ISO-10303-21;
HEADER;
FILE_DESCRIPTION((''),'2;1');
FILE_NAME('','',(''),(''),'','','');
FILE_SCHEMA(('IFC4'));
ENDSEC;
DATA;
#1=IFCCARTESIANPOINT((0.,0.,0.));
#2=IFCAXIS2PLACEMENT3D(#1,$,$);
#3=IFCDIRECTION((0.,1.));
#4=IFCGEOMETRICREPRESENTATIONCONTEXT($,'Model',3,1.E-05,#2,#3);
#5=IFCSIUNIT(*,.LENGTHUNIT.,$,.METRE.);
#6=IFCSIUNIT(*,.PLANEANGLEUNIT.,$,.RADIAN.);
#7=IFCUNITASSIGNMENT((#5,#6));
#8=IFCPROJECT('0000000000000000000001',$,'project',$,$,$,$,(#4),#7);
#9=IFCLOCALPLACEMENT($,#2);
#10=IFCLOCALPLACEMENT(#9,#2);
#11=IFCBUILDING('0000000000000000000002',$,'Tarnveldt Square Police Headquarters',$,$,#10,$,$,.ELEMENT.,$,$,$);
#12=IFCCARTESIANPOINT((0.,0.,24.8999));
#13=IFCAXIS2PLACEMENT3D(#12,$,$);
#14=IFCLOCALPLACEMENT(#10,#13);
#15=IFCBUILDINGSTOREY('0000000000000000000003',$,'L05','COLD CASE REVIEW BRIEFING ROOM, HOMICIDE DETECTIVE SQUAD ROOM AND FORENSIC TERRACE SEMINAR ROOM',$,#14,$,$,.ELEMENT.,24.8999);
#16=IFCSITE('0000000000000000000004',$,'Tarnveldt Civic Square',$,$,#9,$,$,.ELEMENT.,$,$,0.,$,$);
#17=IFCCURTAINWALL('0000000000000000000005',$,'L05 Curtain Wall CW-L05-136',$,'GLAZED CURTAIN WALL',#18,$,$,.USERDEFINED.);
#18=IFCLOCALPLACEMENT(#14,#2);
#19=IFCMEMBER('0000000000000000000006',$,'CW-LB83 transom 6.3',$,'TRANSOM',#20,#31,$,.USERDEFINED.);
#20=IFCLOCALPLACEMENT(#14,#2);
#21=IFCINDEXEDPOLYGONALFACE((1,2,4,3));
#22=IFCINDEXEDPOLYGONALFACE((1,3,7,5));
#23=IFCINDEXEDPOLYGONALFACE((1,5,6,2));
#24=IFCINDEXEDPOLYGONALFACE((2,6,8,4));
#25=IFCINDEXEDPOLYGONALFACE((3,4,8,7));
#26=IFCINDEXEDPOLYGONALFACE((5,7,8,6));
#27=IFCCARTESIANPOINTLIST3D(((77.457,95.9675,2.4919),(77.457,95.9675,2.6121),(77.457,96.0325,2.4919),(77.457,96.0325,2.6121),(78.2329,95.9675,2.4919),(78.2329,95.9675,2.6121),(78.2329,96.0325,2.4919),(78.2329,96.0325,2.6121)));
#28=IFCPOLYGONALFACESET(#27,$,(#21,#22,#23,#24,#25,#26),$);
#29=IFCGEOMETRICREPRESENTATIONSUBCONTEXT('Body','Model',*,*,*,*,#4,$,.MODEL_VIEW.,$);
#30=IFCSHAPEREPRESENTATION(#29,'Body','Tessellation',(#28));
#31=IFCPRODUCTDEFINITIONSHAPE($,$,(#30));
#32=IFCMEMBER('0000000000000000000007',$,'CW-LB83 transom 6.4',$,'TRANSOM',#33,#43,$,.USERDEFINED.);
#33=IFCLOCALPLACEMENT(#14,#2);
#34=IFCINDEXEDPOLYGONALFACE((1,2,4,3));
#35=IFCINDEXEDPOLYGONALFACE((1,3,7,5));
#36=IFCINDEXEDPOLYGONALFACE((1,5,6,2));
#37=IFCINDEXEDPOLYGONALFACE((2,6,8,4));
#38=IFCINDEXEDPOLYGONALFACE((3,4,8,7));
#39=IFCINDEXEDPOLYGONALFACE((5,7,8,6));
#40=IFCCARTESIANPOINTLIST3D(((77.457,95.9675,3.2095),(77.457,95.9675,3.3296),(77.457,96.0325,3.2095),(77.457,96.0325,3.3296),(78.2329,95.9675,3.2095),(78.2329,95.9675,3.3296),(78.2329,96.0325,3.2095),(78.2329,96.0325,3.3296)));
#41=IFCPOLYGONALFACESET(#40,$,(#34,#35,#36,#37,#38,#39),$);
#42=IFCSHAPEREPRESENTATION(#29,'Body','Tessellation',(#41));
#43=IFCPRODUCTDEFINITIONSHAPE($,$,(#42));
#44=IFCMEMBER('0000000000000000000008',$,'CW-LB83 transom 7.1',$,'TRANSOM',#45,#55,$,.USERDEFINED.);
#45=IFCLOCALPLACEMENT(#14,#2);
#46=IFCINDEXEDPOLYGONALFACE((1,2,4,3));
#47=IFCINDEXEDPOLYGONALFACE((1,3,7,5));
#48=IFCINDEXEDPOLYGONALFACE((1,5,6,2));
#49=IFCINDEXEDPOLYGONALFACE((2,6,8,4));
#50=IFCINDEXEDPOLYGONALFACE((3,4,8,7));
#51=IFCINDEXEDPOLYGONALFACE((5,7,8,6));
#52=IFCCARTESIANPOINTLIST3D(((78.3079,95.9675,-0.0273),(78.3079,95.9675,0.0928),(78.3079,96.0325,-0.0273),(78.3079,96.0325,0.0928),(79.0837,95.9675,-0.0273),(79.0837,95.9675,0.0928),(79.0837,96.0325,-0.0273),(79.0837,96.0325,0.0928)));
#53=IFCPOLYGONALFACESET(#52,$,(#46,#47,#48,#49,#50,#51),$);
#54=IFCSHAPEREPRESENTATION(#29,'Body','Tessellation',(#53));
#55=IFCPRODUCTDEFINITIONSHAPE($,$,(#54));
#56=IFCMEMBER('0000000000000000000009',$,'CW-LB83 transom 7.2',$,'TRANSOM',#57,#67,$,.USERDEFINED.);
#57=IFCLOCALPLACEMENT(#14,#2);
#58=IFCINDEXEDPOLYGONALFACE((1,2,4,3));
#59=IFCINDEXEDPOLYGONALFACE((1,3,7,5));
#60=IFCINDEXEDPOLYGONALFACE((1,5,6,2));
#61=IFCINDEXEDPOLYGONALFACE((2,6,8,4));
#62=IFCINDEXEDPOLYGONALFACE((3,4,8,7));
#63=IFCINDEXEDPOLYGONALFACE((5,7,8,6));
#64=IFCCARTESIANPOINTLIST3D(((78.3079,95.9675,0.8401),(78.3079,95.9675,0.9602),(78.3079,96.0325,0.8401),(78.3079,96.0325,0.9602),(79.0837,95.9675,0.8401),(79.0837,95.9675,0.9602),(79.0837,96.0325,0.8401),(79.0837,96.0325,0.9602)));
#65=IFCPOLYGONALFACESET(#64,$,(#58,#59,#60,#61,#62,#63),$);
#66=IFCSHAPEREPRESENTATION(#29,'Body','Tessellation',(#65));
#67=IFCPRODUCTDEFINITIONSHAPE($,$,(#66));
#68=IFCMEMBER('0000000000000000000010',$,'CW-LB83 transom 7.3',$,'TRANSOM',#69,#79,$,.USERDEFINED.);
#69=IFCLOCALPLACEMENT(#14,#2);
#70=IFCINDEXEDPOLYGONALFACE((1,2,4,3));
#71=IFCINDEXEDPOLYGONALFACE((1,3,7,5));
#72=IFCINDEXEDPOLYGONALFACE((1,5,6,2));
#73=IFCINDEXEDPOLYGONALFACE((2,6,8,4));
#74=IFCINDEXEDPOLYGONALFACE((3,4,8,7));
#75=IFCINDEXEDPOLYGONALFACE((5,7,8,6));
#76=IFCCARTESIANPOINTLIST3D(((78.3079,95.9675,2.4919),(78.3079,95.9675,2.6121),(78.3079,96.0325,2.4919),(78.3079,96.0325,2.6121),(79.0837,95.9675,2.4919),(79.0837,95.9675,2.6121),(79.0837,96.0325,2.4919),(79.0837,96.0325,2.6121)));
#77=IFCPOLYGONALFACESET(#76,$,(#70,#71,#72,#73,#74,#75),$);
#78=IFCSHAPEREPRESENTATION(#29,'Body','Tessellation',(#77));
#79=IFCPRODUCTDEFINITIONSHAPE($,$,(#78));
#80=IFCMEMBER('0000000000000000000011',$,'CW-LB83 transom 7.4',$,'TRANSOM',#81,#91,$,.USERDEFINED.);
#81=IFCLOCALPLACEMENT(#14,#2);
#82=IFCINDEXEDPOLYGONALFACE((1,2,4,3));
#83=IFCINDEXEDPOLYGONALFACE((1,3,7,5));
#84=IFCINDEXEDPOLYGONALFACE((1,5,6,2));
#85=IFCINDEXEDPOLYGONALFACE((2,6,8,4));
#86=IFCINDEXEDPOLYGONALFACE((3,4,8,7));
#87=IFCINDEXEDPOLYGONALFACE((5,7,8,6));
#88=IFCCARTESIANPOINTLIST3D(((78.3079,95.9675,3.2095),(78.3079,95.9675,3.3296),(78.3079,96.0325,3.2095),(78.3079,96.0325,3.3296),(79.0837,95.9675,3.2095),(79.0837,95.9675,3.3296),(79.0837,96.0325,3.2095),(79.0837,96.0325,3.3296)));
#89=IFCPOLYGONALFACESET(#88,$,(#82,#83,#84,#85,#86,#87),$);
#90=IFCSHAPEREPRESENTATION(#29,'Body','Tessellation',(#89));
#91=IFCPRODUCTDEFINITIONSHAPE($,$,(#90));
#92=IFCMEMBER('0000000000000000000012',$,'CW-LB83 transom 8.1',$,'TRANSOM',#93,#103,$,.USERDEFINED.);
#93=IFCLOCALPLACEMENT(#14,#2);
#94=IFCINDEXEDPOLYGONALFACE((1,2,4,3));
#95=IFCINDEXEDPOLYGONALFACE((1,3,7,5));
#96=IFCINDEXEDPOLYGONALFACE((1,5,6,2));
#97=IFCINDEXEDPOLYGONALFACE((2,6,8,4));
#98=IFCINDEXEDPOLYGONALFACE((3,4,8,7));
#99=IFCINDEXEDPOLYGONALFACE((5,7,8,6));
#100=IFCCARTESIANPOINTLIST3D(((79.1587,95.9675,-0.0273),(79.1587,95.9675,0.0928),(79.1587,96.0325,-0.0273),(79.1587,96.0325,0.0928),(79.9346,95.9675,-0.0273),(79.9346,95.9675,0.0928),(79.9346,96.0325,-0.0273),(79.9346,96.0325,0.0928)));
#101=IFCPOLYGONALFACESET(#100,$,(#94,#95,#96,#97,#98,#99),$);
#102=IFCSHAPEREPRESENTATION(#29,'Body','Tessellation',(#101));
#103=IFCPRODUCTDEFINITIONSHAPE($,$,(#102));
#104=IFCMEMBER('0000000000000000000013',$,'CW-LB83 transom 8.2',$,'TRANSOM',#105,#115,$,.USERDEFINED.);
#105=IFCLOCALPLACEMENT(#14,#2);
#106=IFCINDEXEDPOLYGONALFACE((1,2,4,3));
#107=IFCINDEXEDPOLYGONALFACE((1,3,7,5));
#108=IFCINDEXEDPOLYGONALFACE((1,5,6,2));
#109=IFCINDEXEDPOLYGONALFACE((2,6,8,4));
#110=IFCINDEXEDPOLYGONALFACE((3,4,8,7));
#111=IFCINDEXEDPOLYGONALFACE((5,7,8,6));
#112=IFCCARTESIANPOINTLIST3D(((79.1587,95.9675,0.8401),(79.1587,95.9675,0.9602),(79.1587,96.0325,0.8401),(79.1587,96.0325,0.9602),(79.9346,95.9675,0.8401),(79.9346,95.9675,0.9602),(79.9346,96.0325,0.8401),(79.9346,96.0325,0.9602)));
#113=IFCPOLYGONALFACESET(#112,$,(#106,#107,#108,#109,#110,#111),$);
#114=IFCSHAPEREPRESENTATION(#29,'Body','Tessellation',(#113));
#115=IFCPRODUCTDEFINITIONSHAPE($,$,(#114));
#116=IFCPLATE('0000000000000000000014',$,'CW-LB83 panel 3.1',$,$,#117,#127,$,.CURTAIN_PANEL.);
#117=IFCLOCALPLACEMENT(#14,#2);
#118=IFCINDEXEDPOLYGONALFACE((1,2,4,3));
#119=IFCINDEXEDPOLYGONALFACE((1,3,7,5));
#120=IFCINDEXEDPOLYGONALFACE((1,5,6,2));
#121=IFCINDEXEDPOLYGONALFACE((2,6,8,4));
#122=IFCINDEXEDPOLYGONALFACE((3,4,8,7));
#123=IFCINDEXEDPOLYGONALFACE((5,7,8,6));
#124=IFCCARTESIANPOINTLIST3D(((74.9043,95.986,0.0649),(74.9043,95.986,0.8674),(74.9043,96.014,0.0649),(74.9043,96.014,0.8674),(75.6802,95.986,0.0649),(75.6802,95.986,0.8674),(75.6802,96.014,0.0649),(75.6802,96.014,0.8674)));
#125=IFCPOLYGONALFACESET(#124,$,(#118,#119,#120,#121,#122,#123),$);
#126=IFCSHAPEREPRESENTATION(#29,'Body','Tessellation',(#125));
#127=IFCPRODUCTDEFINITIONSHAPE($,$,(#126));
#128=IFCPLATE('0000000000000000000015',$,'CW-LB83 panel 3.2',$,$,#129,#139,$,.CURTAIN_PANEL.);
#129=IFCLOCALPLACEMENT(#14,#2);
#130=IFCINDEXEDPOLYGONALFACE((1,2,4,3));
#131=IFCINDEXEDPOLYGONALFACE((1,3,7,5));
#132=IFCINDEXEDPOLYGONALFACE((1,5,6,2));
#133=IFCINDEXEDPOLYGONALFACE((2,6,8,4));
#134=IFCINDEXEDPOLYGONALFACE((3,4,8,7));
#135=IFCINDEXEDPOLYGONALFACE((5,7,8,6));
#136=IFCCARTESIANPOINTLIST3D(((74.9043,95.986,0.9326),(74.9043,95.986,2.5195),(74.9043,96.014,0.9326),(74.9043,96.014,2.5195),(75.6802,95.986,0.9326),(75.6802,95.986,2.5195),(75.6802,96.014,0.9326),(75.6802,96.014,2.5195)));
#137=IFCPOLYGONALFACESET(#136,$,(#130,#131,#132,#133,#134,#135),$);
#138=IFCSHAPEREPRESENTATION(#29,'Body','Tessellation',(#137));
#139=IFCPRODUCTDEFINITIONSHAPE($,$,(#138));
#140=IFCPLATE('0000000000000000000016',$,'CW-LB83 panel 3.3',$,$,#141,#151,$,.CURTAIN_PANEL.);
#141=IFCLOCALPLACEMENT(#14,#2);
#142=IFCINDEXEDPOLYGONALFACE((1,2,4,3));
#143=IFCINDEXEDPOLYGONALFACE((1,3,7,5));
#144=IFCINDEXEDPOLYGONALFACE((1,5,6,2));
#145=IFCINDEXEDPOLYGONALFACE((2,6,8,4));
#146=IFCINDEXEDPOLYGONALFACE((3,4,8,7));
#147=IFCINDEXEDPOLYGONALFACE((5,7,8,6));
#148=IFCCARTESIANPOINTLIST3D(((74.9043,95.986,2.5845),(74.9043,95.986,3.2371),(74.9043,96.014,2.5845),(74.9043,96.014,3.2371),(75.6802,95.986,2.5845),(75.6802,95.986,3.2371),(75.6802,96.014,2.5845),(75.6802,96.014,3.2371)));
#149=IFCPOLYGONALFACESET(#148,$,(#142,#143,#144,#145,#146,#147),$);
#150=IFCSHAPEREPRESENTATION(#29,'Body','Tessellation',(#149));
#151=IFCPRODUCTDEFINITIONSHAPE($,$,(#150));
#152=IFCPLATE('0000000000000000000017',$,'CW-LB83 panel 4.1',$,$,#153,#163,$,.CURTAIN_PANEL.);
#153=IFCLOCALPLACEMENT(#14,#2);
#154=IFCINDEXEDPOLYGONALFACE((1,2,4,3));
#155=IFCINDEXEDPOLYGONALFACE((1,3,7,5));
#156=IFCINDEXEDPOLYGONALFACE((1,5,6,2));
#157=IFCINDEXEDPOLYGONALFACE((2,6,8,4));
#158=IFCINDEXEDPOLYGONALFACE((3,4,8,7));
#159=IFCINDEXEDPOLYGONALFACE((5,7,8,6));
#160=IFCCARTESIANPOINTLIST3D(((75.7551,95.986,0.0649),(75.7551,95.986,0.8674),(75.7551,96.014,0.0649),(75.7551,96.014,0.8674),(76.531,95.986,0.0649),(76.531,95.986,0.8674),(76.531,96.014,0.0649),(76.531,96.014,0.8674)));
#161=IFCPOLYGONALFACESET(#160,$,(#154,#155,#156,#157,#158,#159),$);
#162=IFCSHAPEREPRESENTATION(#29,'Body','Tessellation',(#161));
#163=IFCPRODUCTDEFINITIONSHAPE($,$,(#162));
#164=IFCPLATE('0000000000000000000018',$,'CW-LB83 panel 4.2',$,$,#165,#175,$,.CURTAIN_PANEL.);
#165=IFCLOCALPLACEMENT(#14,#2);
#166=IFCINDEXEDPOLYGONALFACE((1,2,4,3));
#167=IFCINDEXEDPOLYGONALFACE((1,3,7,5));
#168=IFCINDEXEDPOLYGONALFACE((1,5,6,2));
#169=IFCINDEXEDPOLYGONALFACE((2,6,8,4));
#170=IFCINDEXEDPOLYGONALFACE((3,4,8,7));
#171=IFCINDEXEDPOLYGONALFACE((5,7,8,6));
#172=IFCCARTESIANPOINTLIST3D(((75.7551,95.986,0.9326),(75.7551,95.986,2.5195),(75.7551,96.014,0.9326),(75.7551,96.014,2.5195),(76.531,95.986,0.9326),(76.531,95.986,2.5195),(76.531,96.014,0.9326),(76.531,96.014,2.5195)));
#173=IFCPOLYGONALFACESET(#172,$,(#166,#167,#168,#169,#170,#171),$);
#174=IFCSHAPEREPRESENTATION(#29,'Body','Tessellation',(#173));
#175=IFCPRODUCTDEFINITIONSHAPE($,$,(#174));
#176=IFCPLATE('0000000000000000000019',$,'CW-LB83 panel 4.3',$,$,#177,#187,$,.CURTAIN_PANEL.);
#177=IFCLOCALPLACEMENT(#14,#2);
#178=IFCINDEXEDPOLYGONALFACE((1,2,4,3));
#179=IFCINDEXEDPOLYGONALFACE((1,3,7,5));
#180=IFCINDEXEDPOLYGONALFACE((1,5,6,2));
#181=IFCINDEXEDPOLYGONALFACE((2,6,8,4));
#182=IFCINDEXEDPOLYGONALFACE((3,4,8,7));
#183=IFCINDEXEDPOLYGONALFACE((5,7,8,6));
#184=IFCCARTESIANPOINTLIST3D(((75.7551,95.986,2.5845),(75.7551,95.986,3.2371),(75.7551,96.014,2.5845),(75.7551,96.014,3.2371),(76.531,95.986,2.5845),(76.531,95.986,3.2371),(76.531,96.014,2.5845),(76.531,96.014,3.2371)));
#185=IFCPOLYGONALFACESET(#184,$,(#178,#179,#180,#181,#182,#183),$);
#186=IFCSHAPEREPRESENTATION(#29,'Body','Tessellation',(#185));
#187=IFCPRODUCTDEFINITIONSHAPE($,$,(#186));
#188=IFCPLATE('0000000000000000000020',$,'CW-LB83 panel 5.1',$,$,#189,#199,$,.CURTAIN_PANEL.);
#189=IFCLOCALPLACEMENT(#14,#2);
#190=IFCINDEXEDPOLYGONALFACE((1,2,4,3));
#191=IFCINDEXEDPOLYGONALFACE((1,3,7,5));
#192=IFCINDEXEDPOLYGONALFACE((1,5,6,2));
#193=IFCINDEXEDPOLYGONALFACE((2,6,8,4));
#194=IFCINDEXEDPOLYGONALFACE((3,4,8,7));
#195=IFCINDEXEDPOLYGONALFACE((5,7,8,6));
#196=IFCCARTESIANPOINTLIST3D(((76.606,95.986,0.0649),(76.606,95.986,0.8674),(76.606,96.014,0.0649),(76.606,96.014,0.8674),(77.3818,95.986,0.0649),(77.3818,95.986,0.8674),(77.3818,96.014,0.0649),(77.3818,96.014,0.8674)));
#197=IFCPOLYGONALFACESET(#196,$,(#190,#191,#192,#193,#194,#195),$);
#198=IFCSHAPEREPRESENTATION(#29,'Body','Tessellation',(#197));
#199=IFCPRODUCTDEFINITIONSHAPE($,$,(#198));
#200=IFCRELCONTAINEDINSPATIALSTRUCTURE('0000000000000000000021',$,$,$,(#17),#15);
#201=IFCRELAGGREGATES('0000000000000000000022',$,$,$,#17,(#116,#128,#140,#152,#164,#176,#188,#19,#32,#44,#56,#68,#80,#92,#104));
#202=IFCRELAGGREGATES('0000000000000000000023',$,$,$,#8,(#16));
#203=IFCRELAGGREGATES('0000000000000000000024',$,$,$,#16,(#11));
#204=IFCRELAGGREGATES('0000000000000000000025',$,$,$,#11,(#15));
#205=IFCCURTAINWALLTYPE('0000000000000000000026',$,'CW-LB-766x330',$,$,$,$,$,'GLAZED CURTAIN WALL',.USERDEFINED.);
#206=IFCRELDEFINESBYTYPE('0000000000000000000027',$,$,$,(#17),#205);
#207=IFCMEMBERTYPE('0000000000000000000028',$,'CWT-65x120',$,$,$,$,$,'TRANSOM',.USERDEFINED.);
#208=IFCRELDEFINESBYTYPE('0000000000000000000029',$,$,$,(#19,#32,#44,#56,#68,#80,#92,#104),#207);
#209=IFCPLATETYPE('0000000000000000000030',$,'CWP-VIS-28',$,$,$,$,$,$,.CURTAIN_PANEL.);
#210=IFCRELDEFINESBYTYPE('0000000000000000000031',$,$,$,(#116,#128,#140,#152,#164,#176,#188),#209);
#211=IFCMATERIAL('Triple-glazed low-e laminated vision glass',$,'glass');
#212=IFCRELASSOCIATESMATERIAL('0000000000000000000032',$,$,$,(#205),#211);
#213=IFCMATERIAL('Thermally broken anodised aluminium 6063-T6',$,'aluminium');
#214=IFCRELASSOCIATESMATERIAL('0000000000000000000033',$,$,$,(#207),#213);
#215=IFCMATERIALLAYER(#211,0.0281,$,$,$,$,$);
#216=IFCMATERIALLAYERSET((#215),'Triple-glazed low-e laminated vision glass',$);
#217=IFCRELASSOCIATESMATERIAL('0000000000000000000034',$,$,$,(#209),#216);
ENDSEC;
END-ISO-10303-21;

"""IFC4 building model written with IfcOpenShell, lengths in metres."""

from ifc_helpers import new_model, si_unit, direction, frame, origin, origin_2d, place, context, subcontext, project, spatial, rectangle, extrude, material, layer, layer_set, material_profile, profile_set, type_object, element, aggregate, save


model = new_model("IFC4")

# Units and contexts
model_context = context("Model", 3, precision=1e-05, world=origin(), true_north=direction((0.0, 1.0)))
body_context = subcontext(model_context, "Body", "Model", "MODEL_VIEW")
ifc_project = project(units=[si_unit("LENGTHUNIT", "METRE"), si_unit("PLANEANGLEUNIT", "RADIAN")], contexts=[model_context])

# Site, building, storey
site_placement = place(None, origin())
site = spatial("IfcSite", under=ifc_project, at=site_placement, Name="Tarnveldt Civic Square", CompositionType="ELEMENT", RefElevation=0.0)
building_placement = place(site_placement, origin())
building = spatial("IfcBuilding", under=site, at=building_placement, Name="Tarnveldt Square Police Headquarters", CompositionType="ELEMENT")
storey_placement = place(building_placement, frame((0.0, 0.0, 24.8999)))
storey = spatial("IfcBuildingStorey", under=building, at=storey_placement, Name="L05", Description="COLD CASE REVIEW BRIEFING ROOM, HOMICIDE DETECTIVE SQUAD ROOM AND FORENSIC TERRACE SEMINAR ROOM", CompositionType="ELEMENT", Elevation=24.8999)

# Curtain wall, members, plates
ifc_material_1 = material(Name="Triple-glazed low-e laminated vision glass", Category="glass")
curtain_wall_type = type_object("IfcCurtainWallType", Name="CW-LB-766x330", ElementType="GLAZED CURTAIN WALL", PredefinedType="USERDEFINED", material=ifc_material_1)
curtain_wall_placement = place(storey_placement, origin())
curtain_wall = element("IfcCurtainWall", 1, at=curtain_wall_placement, inside=storey, type_object=curtain_wall_type, Name="L05 Curtain Wall CW-L05-136", ObjectType="GLAZED CURTAIN WALL", PredefinedType="USERDEFINED")
ifc_material_2 = material(Name="Thermally broken anodised aluminium 6063-T6", Category="aluminium")
ifc_material_profile_1 = material_profile(ifc_material_2, rectangle(XDim=0.0649, YDim=0.1201, at=origin_2d()), Name="CW-T65x120")
ifc_profile_set_1 = profile_set([ifc_material_profile_1], Name="Thermally broken anodised aluminium 6063-T6")
member_type_1 = type_object("IfcMemberType", Name="CWT-65x120", ElementType="TRANSOM", PredefinedType="USERDEFINED", material=ifc_profile_set_1)
member_1_placement = place(storey_placement, frame((77.457, 96.0, 2.552), z_axis=(1.0, 0.0, 0.0), x_axis=(0.0, 1.0, 0.0)))
member_1 = element("IfcMember", 2, at=member_1_placement, type_object=member_type_1, Name="CW-LB83 transom 6.3", ObjectType="TRANSOM", PredefinedType="USERDEFINED", context=body_context, shape_type="SweptSolid", body=[
    extrude(rectangle(XDim=0.0649, YDim=0.1201, at=origin_2d()), origin(), (0.0, 0.0, 1.0), 0.7759),
])
member_2_placement = place(storey_placement, frame((77.457, 96.0, 3.2695), z_axis=(1.0, 0.0, 0.0), x_axis=(0.0, 1.0, 0.0)))
member_2 = element("IfcMember", 3, at=member_2_placement, type_object=member_type_1, Name="CW-LB83 transom 6.4", ObjectType="TRANSOM", PredefinedType="USERDEFINED", context=body_context, shape_type="SweptSolid", body=[
    extrude(rectangle(XDim=0.0649, YDim=0.1201, at=origin_2d()), origin(), (0.0, 0.0, 1.0), 0.7759),
])
member_3_placement = place(storey_placement, frame((78.3079, 96.0, 0.0327), z_axis=(1.0, 0.0, 0.0), x_axis=(0.0, 1.0, 0.0)))
member_3 = element("IfcMember", 4, at=member_3_placement, type_object=member_type_1, Name="CW-LB83 transom 7.1", ObjectType="TRANSOM", PredefinedType="USERDEFINED", context=body_context, shape_type="SweptSolid", body=[
    extrude(rectangle(XDim=0.0649, YDim=0.1201, at=origin_2d()), origin(), (0.0, 0.0, 1.0), 0.7759),
])
member_4_placement = place(storey_placement, frame((78.3079, 96.0, 0.9001), z_axis=(1.0, 0.0, 0.0), x_axis=(0.0, 1.0, 0.0)))
member_4 = element("IfcMember", 5, at=member_4_placement, type_object=member_type_1, Name="CW-LB83 transom 7.2", ObjectType="TRANSOM", PredefinedType="USERDEFINED", context=body_context, shape_type="SweptSolid", body=[
    extrude(rectangle(XDim=0.0649, YDim=0.1201, at=origin_2d()), origin(), (0.0, 0.0, 1.0), 0.7759),
])
member_5_placement = place(storey_placement, frame((78.3079, 96.0, 2.552), z_axis=(1.0, 0.0, 0.0), x_axis=(0.0, 1.0, 0.0)))
member_5 = element("IfcMember", 6, at=member_5_placement, type_object=member_type_1, Name="CW-LB83 transom 7.3", ObjectType="TRANSOM", PredefinedType="USERDEFINED", context=body_context, shape_type="SweptSolid", body=[
    extrude(rectangle(XDim=0.0649, YDim=0.1201, at=origin_2d()), origin(), (0.0, 0.0, 1.0), 0.7759),
])
member_6_placement = place(storey_placement, frame((78.3079, 96.0, 3.2695), z_axis=(1.0, 0.0, 0.0), x_axis=(0.0, 1.0, 0.0)))
member_6 = element("IfcMember", 7, at=member_6_placement, type_object=member_type_1, Name="CW-LB83 transom 7.4", ObjectType="TRANSOM", PredefinedType="USERDEFINED", context=body_context, shape_type="SweptSolid", body=[
    extrude(rectangle(XDim=0.0649, YDim=0.1201, at=origin_2d()), origin(), (0.0, 0.0, 1.0), 0.7759),
])
member_7_placement = place(storey_placement, frame((79.1587, 96.0, 0.0327), z_axis=(1.0, 0.0, 0.0), x_axis=(0.0, 1.0, 0.0)))
member_7 = element("IfcMember", 8, at=member_7_placement, type_object=member_type_1, Name="CW-LB83 transom 8.1", ObjectType="TRANSOM", PredefinedType="USERDEFINED", context=body_context, shape_type="SweptSolid", body=[
    extrude(rectangle(XDim=0.0649, YDim=0.1201, at=origin_2d()), origin(), (0.0, 0.0, 1.0), 0.7759),
])
member_8_placement = place(storey_placement, frame((79.1587, 96.0, 0.9001), z_axis=(1.0, 0.0, 0.0), x_axis=(0.0, 1.0, 0.0)))
member_8 = element("IfcMember", 9, at=member_8_placement, type_object=member_type_1, Name="CW-LB83 transom 8.2", ObjectType="TRANSOM", PredefinedType="USERDEFINED", context=body_context, shape_type="SweptSolid", body=[
    extrude(rectangle(XDim=0.0649, YDim=0.1201, at=origin_2d()), origin(), (0.0, 0.0, 1.0), 0.7759),
])
ifc_layer = layer(ifc_material_1, 0.0281)
ifc_layer_set = layer_set([ifc_layer], Name="Triple-glazed low-e laminated vision glass")
plate_type = type_object("IfcPlateType", Name="CWP-VIS-28", PredefinedType="CURTAIN_PANEL", material=ifc_layer_set)
plate_1_placement = place(storey_placement, frame((75.2922, 96.0, 0.0649), z_axis=(0.0, 0.0, 1.0), x_axis=(1.0, 0.0, 0.0)))
plate_1 = element("IfcPlate", 10, at=plate_1_placement, type_object=plate_type, Name="CW-LB83 panel 3.1", PredefinedType="CURTAIN_PANEL", context=body_context, shape_type="SweptSolid", body=[
    extrude(rectangle(XDim=0.7759, YDim=0.0281, at=origin_2d()), origin(), (0.0, 0.0, 1.0), 0.8025),
])
plate_2_placement = place(storey_placement, frame((75.2922, 96.0, 0.9326), z_axis=(0.0, 0.0, 1.0), x_axis=(1.0, 0.0, 0.0)))
plate_2 = element("IfcPlate", 11, at=plate_2_placement, type_object=plate_type, Name="CW-LB83 panel 3.2", PredefinedType="CURTAIN_PANEL", context=body_context, shape_type="SweptSolid", body=[
    extrude(rectangle(XDim=0.7759, YDim=0.0281, at=origin_2d()), origin(), (0.0, 0.0, 1.0), 1.5869),
])
plate_3_placement = place(storey_placement, frame((75.2922, 96.0, 2.5845), z_axis=(0.0, 0.0, 1.0), x_axis=(1.0, 0.0, 0.0)))
plate_3 = element("IfcPlate", 12, at=plate_3_placement, type_object=plate_type, Name="CW-LB83 panel 3.3", PredefinedType="CURTAIN_PANEL", context=body_context, shape_type="SweptSolid", body=[
    extrude(rectangle(XDim=0.7759, YDim=0.0281, at=origin_2d()), origin(), (0.0, 0.0, 1.0), 0.6526),
])
plate_4_placement = place(storey_placement, frame((76.1431, 96.0, 0.0649), z_axis=(0.0, 0.0, 1.0), x_axis=(1.0, 0.0, 0.0)))
plate_4 = element("IfcPlate", 13, at=plate_4_placement, type_object=plate_type, Name="CW-LB83 panel 4.1", PredefinedType="CURTAIN_PANEL", context=body_context, shape_type="SweptSolid", body=[
    extrude(rectangle(XDim=0.7759, YDim=0.0281, at=origin_2d()), origin(), (0.0, 0.0, 1.0), 0.8025),
])
plate_5_placement = place(storey_placement, frame((76.1431, 96.0, 0.9326), z_axis=(0.0, 0.0, 1.0), x_axis=(1.0, 0.0, 0.0)))
plate_5 = element("IfcPlate", 14, at=plate_5_placement, type_object=plate_type, Name="CW-LB83 panel 4.2", PredefinedType="CURTAIN_PANEL", context=body_context, shape_type="SweptSolid", body=[
    extrude(rectangle(XDim=0.7759, YDim=0.0281, at=origin_2d()), origin(), (0.0, 0.0, 1.0), 1.5869),
])
plate_6_placement = place(storey_placement, frame((76.1431, 96.0, 2.5845), z_axis=(0.0, 0.0, 1.0), x_axis=(1.0, 0.0, 0.0)))
plate_6 = element("IfcPlate", 15, at=plate_6_placement, type_object=plate_type, Name="CW-LB83 panel 4.3", PredefinedType="CURTAIN_PANEL", context=body_context, shape_type="SweptSolid", body=[
    extrude(rectangle(XDim=0.7759, YDim=0.0281, at=origin_2d()), origin(), (0.0, 0.0, 1.0), 0.6526),
])
plate_7_placement = place(storey_placement, frame((76.9939, 96.0, 0.0649), z_axis=(0.0, 0.0, 1.0), x_axis=(1.0, 0.0, 0.0)))
plate_7 = element("IfcPlate", 16, at=plate_7_placement, type_object=plate_type, Name="CW-LB83 panel 5.1", PredefinedType="CURTAIN_PANEL", context=body_context, shape_type="SweptSolid", body=[
    extrude(rectangle(XDim=0.7759, YDim=0.0281, at=origin_2d()), origin(), (0.0, 0.0, 1.0), 0.8025),
])
aggregate(curtain_wall, [plate_1, plate_2, plate_3, plate_4, plate_5, plate_6, plate_7, member_1, member_2, member_3, member_4, member_5, member_6, member_7, member_8])

save(model, "model.ifc")
